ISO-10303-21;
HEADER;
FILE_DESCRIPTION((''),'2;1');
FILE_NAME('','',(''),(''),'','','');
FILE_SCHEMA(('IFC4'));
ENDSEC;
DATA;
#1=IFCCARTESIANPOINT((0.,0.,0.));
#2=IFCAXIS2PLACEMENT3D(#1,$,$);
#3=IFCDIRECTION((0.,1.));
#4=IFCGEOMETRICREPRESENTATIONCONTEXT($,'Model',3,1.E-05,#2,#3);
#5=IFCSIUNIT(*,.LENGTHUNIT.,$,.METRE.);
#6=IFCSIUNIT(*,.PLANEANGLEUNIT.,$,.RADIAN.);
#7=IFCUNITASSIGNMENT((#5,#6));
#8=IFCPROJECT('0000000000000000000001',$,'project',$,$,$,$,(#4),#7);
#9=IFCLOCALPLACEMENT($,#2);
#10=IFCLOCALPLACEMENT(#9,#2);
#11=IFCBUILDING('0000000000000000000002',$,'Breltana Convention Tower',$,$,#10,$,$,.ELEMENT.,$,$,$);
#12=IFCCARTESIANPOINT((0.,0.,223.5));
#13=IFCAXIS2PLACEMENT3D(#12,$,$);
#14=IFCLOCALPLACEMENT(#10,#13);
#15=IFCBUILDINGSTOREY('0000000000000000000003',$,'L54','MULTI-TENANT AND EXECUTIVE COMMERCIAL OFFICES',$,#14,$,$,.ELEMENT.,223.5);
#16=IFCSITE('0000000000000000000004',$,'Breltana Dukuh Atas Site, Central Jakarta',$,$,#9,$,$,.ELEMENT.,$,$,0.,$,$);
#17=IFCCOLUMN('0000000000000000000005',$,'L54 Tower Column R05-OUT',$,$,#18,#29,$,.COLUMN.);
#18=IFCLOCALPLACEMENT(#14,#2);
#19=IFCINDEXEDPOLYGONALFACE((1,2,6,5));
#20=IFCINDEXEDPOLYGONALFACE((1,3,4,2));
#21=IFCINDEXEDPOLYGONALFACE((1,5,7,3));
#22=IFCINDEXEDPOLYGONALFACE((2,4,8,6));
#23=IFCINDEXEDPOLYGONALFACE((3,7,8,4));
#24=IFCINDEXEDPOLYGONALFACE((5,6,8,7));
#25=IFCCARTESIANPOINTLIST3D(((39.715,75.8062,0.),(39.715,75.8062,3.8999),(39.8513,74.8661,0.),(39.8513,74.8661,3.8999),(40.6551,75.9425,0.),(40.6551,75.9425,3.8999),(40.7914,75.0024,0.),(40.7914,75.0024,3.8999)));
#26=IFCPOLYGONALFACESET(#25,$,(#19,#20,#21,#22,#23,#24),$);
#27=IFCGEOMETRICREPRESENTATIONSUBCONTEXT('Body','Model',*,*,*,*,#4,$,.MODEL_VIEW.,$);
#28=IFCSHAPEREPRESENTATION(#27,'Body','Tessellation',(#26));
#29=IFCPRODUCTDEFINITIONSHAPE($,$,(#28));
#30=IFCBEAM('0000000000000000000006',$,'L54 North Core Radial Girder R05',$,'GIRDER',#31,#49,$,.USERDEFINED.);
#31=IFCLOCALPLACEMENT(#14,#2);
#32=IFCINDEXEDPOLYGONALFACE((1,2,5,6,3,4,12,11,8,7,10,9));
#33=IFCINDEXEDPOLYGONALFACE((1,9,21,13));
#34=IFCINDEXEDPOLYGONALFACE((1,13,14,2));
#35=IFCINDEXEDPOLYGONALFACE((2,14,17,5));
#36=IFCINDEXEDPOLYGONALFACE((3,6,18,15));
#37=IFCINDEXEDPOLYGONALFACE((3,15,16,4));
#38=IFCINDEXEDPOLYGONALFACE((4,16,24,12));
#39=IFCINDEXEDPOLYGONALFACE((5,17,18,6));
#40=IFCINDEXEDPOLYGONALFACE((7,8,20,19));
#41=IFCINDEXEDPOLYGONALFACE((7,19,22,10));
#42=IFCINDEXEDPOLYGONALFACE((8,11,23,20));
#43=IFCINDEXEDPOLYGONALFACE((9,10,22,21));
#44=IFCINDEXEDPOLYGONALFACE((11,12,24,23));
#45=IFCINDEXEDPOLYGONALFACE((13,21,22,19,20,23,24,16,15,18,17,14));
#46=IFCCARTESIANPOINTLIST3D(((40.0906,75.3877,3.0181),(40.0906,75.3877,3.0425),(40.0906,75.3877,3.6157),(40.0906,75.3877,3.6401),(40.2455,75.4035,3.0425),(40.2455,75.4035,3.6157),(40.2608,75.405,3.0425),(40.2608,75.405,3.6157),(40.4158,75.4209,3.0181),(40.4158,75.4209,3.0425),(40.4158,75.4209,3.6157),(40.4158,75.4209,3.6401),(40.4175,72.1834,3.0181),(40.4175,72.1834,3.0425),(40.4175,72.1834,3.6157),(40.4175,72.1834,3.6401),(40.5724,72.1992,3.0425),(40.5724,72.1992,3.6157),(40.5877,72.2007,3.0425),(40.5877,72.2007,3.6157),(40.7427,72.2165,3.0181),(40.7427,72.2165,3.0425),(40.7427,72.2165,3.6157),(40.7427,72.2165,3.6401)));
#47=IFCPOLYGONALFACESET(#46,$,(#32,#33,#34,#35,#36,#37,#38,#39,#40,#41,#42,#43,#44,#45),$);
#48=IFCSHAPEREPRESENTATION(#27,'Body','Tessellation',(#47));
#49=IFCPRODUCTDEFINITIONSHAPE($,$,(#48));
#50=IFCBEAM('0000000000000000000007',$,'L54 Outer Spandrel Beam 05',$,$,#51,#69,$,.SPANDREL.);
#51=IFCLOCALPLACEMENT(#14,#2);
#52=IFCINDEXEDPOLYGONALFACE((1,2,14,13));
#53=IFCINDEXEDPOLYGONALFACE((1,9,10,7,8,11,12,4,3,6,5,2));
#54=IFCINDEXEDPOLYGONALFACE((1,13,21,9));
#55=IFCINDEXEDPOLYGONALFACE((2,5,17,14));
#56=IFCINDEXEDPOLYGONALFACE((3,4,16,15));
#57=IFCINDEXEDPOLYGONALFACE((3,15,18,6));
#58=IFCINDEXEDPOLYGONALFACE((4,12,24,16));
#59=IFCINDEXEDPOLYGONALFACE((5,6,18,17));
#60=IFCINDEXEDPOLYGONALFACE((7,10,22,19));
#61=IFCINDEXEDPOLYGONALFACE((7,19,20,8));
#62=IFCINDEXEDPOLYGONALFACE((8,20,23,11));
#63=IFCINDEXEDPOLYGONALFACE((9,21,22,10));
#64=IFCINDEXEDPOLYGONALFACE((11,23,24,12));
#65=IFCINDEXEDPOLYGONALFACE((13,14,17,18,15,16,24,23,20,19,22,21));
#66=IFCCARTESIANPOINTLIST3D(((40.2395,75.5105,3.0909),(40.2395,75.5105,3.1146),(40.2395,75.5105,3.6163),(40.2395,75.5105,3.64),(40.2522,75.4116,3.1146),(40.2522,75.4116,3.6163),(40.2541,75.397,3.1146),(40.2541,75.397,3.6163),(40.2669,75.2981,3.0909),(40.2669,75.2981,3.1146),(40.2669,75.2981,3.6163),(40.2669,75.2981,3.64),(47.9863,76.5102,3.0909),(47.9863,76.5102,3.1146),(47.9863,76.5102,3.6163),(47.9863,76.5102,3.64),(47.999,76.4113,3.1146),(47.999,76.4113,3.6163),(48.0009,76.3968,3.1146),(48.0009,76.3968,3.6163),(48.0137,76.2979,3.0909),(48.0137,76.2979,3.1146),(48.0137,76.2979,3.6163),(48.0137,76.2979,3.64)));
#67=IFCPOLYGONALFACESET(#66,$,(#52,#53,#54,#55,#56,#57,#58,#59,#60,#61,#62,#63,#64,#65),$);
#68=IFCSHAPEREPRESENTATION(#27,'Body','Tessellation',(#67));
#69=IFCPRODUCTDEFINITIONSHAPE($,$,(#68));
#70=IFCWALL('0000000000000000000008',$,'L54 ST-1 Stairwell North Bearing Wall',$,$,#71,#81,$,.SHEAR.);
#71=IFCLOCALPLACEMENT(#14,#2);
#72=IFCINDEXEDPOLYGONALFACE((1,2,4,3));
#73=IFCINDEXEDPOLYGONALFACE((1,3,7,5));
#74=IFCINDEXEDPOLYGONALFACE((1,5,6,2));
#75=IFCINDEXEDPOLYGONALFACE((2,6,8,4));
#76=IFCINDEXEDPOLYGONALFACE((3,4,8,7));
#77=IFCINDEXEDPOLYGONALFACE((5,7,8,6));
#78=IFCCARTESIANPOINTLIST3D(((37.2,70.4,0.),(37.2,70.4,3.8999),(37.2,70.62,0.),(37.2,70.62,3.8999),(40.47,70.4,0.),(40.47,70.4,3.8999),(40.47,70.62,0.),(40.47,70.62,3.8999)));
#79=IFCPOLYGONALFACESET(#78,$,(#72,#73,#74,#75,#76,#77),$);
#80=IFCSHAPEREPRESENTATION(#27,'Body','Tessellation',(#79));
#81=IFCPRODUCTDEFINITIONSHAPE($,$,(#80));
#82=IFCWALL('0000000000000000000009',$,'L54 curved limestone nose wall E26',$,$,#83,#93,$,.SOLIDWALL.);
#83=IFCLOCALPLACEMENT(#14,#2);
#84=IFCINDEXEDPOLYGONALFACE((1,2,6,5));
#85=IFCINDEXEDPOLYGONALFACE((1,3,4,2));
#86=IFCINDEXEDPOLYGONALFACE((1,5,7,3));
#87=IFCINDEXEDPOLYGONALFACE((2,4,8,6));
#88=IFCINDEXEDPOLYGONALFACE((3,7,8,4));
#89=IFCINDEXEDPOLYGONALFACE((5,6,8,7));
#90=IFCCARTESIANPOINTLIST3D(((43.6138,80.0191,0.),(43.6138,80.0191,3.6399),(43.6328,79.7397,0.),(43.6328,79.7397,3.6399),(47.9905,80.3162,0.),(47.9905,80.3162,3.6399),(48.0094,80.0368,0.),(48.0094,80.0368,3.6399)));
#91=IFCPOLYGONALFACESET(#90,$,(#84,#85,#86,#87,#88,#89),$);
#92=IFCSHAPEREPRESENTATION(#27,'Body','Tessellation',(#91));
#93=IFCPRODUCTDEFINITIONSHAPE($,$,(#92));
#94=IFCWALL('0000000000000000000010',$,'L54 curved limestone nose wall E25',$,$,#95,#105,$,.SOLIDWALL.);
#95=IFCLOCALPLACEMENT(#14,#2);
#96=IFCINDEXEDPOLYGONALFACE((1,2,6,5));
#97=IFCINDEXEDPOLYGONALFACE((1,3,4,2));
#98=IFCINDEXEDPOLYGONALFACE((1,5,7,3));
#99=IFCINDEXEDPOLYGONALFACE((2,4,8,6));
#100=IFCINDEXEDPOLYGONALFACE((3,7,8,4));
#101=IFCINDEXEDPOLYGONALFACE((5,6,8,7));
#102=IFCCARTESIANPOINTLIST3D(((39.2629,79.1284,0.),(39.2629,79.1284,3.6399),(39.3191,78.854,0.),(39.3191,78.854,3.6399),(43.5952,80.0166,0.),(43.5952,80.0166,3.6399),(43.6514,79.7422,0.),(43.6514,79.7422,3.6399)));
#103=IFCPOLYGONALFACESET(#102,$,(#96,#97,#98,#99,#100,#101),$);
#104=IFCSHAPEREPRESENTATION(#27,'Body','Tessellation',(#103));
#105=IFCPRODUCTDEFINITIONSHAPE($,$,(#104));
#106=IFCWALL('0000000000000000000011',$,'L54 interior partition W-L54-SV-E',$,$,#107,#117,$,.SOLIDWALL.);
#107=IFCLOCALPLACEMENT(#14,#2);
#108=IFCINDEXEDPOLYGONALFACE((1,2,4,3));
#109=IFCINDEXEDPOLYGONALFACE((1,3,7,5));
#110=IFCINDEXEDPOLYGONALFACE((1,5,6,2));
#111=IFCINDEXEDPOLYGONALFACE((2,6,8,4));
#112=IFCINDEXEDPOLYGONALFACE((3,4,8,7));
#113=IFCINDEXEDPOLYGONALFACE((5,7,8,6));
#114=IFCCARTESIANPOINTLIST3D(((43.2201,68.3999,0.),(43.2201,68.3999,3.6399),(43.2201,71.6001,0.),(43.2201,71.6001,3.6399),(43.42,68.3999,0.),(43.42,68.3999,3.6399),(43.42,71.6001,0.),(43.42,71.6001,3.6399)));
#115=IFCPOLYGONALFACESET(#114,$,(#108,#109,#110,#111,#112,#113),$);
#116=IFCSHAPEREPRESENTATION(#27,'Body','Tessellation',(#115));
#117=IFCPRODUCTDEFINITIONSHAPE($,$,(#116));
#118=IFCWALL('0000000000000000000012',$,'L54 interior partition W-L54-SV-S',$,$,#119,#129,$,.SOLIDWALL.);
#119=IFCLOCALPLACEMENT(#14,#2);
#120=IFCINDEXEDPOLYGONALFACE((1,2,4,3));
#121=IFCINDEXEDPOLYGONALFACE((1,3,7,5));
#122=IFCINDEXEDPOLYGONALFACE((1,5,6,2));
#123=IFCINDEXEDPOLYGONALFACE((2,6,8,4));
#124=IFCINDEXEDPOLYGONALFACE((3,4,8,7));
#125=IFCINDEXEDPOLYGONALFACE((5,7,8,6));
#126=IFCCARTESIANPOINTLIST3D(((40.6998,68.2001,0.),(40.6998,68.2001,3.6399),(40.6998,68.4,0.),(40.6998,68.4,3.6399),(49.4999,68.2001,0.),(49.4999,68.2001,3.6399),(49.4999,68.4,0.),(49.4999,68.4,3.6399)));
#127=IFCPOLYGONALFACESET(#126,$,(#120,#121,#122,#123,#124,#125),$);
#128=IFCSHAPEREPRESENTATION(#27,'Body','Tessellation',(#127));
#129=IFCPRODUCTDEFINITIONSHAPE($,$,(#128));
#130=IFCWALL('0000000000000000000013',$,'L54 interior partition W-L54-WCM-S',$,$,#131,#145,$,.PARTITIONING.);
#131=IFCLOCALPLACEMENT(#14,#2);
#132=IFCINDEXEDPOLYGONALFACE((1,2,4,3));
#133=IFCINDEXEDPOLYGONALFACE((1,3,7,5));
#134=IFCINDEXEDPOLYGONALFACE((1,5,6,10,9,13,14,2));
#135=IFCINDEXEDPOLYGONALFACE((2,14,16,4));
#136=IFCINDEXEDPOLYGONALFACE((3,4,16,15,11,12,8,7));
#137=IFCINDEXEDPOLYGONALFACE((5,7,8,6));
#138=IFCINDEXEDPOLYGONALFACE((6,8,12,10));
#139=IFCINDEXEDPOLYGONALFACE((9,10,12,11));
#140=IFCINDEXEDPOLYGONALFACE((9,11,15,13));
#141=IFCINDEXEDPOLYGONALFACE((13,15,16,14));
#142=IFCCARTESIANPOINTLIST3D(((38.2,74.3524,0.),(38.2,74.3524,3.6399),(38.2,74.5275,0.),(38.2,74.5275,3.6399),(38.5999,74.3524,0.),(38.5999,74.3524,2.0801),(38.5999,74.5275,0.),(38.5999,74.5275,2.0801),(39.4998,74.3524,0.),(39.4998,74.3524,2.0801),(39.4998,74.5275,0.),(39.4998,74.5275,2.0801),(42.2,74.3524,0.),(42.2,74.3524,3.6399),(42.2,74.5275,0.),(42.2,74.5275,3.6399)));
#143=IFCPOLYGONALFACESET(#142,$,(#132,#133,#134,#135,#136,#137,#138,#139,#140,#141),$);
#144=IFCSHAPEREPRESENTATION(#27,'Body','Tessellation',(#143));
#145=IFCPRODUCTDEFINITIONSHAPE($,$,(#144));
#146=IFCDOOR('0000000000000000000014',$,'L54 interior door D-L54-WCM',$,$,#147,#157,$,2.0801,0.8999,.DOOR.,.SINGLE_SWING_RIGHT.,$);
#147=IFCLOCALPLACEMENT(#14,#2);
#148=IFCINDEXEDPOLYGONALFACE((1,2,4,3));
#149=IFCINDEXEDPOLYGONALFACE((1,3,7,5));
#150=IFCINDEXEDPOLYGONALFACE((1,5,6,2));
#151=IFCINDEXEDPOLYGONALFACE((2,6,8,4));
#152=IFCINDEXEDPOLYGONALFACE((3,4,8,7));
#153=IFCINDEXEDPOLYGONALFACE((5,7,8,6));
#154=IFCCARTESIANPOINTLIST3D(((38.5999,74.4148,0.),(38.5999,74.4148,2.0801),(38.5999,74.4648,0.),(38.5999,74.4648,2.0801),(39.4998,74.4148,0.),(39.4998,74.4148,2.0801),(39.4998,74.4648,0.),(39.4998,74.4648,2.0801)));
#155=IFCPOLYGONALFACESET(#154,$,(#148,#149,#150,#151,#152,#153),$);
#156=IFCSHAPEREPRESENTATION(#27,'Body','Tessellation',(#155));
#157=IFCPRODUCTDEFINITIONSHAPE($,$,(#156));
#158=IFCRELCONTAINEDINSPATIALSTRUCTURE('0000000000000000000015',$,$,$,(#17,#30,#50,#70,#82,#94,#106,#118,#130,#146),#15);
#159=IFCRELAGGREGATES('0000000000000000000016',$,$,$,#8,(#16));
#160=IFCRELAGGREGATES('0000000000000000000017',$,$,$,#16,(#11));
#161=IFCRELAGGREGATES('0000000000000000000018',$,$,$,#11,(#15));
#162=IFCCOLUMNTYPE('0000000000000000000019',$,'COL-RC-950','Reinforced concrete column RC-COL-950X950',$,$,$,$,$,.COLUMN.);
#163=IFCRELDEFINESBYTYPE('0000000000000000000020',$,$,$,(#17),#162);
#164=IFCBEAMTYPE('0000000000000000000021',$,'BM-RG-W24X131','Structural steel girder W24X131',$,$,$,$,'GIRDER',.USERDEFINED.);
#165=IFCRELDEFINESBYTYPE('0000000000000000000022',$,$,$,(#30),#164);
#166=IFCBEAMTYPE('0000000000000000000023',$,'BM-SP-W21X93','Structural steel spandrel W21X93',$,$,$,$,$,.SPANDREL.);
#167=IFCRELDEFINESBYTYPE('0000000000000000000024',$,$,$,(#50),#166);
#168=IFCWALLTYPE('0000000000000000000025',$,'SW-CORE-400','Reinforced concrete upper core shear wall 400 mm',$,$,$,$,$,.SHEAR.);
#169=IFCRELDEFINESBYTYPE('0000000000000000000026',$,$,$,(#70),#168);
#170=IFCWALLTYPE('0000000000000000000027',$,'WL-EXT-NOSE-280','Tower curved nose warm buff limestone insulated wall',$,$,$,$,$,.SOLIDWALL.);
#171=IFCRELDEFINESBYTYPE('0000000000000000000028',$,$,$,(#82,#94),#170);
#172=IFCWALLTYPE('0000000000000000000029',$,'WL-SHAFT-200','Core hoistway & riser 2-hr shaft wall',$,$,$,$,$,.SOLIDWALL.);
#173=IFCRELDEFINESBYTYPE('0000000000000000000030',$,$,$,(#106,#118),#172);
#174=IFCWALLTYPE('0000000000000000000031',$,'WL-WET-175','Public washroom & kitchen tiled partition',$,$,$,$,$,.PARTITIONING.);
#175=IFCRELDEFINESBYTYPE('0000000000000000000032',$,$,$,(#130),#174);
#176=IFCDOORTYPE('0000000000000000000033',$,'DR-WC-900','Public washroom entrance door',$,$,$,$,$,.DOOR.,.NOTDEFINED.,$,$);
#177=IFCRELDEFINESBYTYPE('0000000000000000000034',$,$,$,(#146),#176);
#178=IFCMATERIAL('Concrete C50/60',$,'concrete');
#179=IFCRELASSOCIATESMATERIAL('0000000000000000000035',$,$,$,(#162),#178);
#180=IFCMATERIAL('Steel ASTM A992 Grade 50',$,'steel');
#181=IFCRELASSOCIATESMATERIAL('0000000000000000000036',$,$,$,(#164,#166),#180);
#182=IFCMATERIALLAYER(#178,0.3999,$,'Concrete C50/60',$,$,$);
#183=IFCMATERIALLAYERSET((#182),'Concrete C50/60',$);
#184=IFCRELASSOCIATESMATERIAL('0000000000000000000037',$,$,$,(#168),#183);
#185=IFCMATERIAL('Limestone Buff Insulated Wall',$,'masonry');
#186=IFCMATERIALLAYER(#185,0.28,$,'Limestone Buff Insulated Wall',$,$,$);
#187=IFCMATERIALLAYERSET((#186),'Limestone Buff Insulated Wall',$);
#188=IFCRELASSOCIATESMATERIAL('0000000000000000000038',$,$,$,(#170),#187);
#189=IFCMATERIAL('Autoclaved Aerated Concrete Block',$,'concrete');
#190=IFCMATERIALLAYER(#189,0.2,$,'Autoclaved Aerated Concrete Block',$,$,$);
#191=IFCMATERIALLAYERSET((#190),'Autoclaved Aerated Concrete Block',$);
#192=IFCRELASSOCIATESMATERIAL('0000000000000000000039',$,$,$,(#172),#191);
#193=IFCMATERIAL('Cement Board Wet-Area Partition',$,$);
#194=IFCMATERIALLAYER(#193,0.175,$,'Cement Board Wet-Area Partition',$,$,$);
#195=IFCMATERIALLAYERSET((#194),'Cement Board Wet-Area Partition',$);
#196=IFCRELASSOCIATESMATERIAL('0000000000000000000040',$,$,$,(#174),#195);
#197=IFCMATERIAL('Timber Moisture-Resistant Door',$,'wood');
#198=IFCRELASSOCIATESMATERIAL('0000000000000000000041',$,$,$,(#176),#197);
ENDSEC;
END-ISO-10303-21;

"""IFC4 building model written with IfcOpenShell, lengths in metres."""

from ifc_helpers import new_model, si_unit, direction, frame, frame_2d, origin, origin_2d, place, context, subcontext, project, spatial, rectangle, i_section, extrude, source, transform, mapped, material, layer, layer_set, material_profile, profile_set, type_object, type_shapes, element, fill, save


model = new_model("IFC4")

# Units and contexts
model_context = context("Model", 3, precision=1e-05, world=origin(), true_north=direction((0.0, 1.0)))
body_context = subcontext(model_context, "Body", "Model", "MODEL_VIEW")
ifc_project = project(units=[si_unit("LENGTHUNIT", "METRE"), si_unit("PLANEANGLEUNIT", "RADIAN")], contexts=[model_context])

# Site, building, storey
site_placement = place(None, origin())
site = spatial("IfcSite", under=ifc_project, at=site_placement, Name="Breltana Dukuh Atas Site, Central Jakarta", CompositionType="ELEMENT", RefElevation=0.0)
building_placement = place(site_placement, origin())
building = spatial("IfcBuilding", under=site, at=building_placement, Name="Breltana Convention Tower", CompositionType="ELEMENT")
storey_placement = place(building_placement, frame((0.0, 0.0, 223.5)))
storey = spatial("IfcBuildingStorey", under=building, at=storey_placement, Name="L54", Description="MULTI-TENANT AND EXECUTIVE COMMERCIAL OFFICES", CompositionType="ELEMENT", Elevation=223.5)

# Column
ifc_material_1 = material(Name="Concrete C50/60", Category="concrete")
ifc_material_profile_1 = material_profile(ifc_material_1, rectangle(XDim=0.95, YDim=0.95, at=origin_2d()), Name="RC-COL-950X950")
ifc_profile_set_1 = profile_set([ifc_material_profile_1], Name="Concrete C50/60")
column_type = type_object("IfcColumnType", Name="COL-RC-950", Description="Reinforced concrete column RC-COL-950X950", PredefinedType="COLUMN", material=ifc_profile_set_1)
shared_shape_1 = source(origin(), body_context, "Body", "SweptSolid", [
    extrude(rectangle(XDim=0.95, YDim=0.95, at=origin_2d()), origin(), (0.0, 0.0, 1.0), 3.8999),
])
column_placement = place(storey_placement, frame((40.2532, 75.4043, 0.0), z_axis=(0.0, 0.0, 1.0), x_axis=(-0.143493, 0.989651, 0.0)))
element("IfcColumn", 1, at=column_placement, inside=storey, type_object=column_type, Name="L54 Tower Column R05-OUT", PredefinedType="COLUMN", context=body_context, shape_type="MappedRepresentation", body=[
    mapped(shared_shape_1, transform((0.0, 0.0, 0.0), scale=1.0)),
])

# Beams
ifc_material_2 = material(Name="Steel ASTM A992 Grade 50", Category="steel")
ifc_material_profile_2 = material_profile(ifc_material_2, i_section(OverallWidth=0.3269, OverallDepth=0.6221, WebThickness=0.0154, FlangeThickness=0.0244, at=origin_2d()), Name="W24X131")
ifc_profile_set_2 = profile_set([ifc_material_profile_2], Name="Steel ASTM A992 Grade 50")
beam_type_1 = type_object("IfcBeamType", Name="BM-RG-W24X131", Description="Structural steel girder W24X131", ElementType="GIRDER", PredefinedType="USERDEFINED", material=ifc_profile_set_2)
shared_shape_2 = source(origin(), body_context, "Body", "SweptSolid", [
    extrude(i_section(OverallWidth=0.3269, OverallDepth=0.6221, WebThickness=0.0154, FlangeThickness=0.0244, at=origin_2d()), origin(), (0.0, 0.0, 1.0), 3.2209),
])
beam_1_placement = place(storey_placement, frame((40.5801, 72.2, 3.3291), z_axis=(-0.101492, 0.994836, 0.0), x_axis=(-0.994836, -0.101492, 0.0)))
element("IfcBeam", 2, at=beam_1_placement, inside=storey, type_object=beam_type_1, Name="L54 North Core Radial Girder R05", ObjectType="GIRDER", PredefinedType="USERDEFINED", context=body_context, shape_type="MappedRepresentation", body=[
    mapped(shared_shape_2, transform((0.0, 0.0, 0.0), scale=1.0)),
])
ifc_material_profile_3 = material_profile(ifc_material_2, i_section(OverallWidth=0.2141, OverallDepth=0.5491, WebThickness=0.0146, FlangeThickness=0.0237, at=origin_2d()), Name="W21X93")
ifc_profile_set_3 = profile_set([ifc_material_profile_3], Name="Steel ASTM A992 Grade 50")
beam_type_2 = type_object("IfcBeamType", Name="BM-SP-W21X93", Description="Structural steel spandrel W21X93", PredefinedType="SPANDREL", material=ifc_profile_set_3)
shared_shape_3 = source(origin(), body_context, "Body", "SweptSolid", [
    extrude(i_section(OverallWidth=0.2141, OverallDepth=0.5491, WebThickness=0.0146, FlangeThickness=0.0237, at=origin_2d()), origin(), (0.0, 0.0, 1.0), 7.811),
])
beam_2_placement = place(storey_placement, frame((40.2532, 75.4043, 3.3655), z_axis=(0.991775, 0.127992, 0.0), x_axis=(-0.127992, 0.991775, 0.0)))
element("IfcBeam", 3, at=beam_2_placement, inside=storey, type_object=beam_type_2, Name="L54 Outer Spandrel Beam 05", PredefinedType="SPANDREL", context=body_context, shape_type="MappedRepresentation", body=[
    mapped(shared_shape_3, transform((0.0, 0.0, 0.0), scale=1.0)),
])

# Wall
ifc_layer_1 = layer(ifc_material_1, 0.3999, Name="Concrete C50/60")
ifc_layer_set_1 = layer_set([ifc_layer_1], Name="Concrete C50/60")
wall_type_1 = type_object("IfcWallType", Name="SW-CORE-400", Description="Reinforced concrete upper core shear wall 400 mm", PredefinedType="SHEAR", material=ifc_layer_set_1)
shared_shape_4 = source(origin(), body_context, "Body", "SweptSolid", [
    extrude(rectangle(XDim=3.27, YDim=0.22, at=frame_2d((1.635, 0.0))), origin(), (0.0, 0.0, 1.0), 3.8999),
])
wall_1_placement = place(storey_placement, frame((37.2, 70.51, 0.0), z_axis=(0.0, 0.0, 1.0), x_axis=(1.0, 0.0, 0.0)))
element("IfcWall", 4, at=wall_1_placement, inside=storey, type_object=wall_type_1, Name="L54 ST-1 Stairwell North Bearing Wall", PredefinedType="SHEAR", context=body_context, shape_type="MappedRepresentation", body=[
    mapped(shared_shape_4, transform((0.0, 0.0, 0.0), scale=1.0)),
])

# Walls
ifc_material_3 = material(Name="Limestone Buff Insulated Wall", Category="masonry")
ifc_layer_2 = layer(ifc_material_3, 0.28, Name="Limestone Buff Insulated Wall")
ifc_layer_set_2 = layer_set([ifc_layer_2], Name="Limestone Buff Insulated Wall")
wall_type_2 = type_object("IfcWallType", Name="WL-EXT-NOSE-280", Description="Tower curved nose warm buff limestone insulated wall", PredefinedType="SOLIDWALL", material=ifc_layer_set_2)
shared_shape_5 = source(origin(), body_context, "Body", "SweptSolid", [
    extrude(rectangle(XDim=4.3867, YDim=0.28, at=frame_2d((2.1934, 0.0))), origin(), (0.0, 0.0, 1.0), 3.6399),
])
wall_2_placement = place(storey_placement, frame((43.6233, 79.8794, 0.0), z_axis=(0.0, 0.0, 1.0), x_axis=(0.997704, 0.067731, 0.0)))
element("IfcWall", 5, at=wall_2_placement, inside=storey, type_object=wall_type_2, Name="L54 curved limestone nose wall E26", PredefinedType="SOLIDWALL", context=body_context, shape_type="MappedRepresentation", body=[
    mapped(shared_shape_5, transform((0.0, 0.0, 0.0), scale=1.0)),
])
shared_shape_6 = source(origin(), body_context, "Body", "SweptSolid", [
    extrude(rectangle(XDim=4.4224, YDim=0.28, at=frame_2d((2.2112, 0.0))), origin(), (0.0, 0.0, 1.0), 3.6399),
])
wall_3_placement = place(storey_placement, frame((39.291, 78.9912, 0.0), z_axis=(0.0, 0.0, 1.0), x_axis=(0.979624, 0.200838, 0.0)))
element("IfcWall", 6, at=wall_3_placement, inside=storey, type_object=wall_type_2, Name="L54 curved limestone nose wall E25", PredefinedType="SOLIDWALL", context=body_context, shape_type="MappedRepresentation", body=[
    mapped(shared_shape_6, transform((0.0, 0.0, 0.0), scale=1.0)),
])
ifc_material_4 = material(Name="Autoclaved Aerated Concrete Block", Category="concrete")
ifc_layer_3 = layer(ifc_material_4, 0.2, Name="Autoclaved Aerated Concrete Block")
ifc_layer_set_3 = layer_set([ifc_layer_3], Name="Autoclaved Aerated Concrete Block")
wall_type_3 = type_object("IfcWallType", Name="WL-SHAFT-200", Description="Core hoistway & riser 2-hr shaft wall", PredefinedType="SOLIDWALL", material=ifc_layer_set_3)
shared_shape_7 = source(origin(), body_context, "Body", "SweptSolid", [
    extrude(rectangle(XDim=3.2002, YDim=0.2, at=frame_2d((1.6001, 0.0))), origin(), (0.0, 0.0, 1.0), 3.6399),
])
wall_4_placement = place(storey_placement, frame((43.3201, 68.3999, 0.0), z_axis=(0.0, 0.0, 1.0), x_axis=(0.0, 1.0, 0.0)))
element("IfcWall", 7, at=wall_4_placement, inside=storey, type_object=wall_type_3, Name="L54 interior partition W-L54-SV-E", PredefinedType="SOLIDWALL", context=body_context, shape_type="MappedRepresentation", body=[
    mapped(shared_shape_7, transform((0.0, 0.0, 0.0), scale=1.0)),
])
shared_shape_8 = source(origin(), body_context, "Body", "SweptSolid", [
    extrude(rectangle(XDim=8.8, YDim=0.2, at=frame_2d((4.3999, 0.0))), origin(), (0.0, 0.0, 1.0), 3.6399),
])
wall_5_placement = place(storey_placement, frame((40.7, 68.3, 0.0), z_axis=(0.0, 0.0, 1.0), x_axis=(1.0, 0.0, 0.0)))
element("IfcWall", 8, at=wall_5_placement, inside=storey, type_object=wall_type_3, Name="L54 interior partition W-L54-SV-S", PredefinedType="SOLIDWALL", context=body_context, shape_type="MappedRepresentation", body=[
    mapped(shared_shape_8, transform((0.0, 0.0, 0.0), scale=1.0)),
])

# Wall, opening, door
ifc_material_5 = material(Name="Cement Board Wet-Area Partition")
ifc_layer_4 = layer(ifc_material_5, 0.175, Name="Cement Board Wet-Area Partition")
ifc_layer_set_4 = layer_set([ifc_layer_4], Name="Cement Board Wet-Area Partition")
wall_type_4 = type_object("IfcWallType", Name="WL-WET-175", Description="Public washroom & kitchen tiled partition", PredefinedType="PARTITIONING", material=ifc_layer_set_4)
shared_shape_9 = source(origin(), body_context, "Body", "SweptSolid", [
    extrude(rectangle(XDim=4.0, YDim=0.175, at=frame_2d((2.0, 0.0))), origin(), (0.0, 0.0, 1.0), 3.6399),
])
wall_6_placement = place(storey_placement, frame((38.2, 74.4399, 0.0), z_axis=(0.0, 0.0, 1.0), x_axis=(1.0, 0.0, 0.0)))
wall_6 = element("IfcWall", 9, at=wall_6_placement, inside=storey, type_object=wall_type_4, Name="L54 interior partition W-L54-WCM-S", PredefinedType="PARTITIONING", context=body_context, shape_type="MappedRepresentation", body=[
    mapped(shared_shape_9, transform((0.0, 0.0, 0.0), scale=1.0)),
])
opening_1_placement = place(wall_6_placement, frame((0.3999, 0.0, 0.0)))
opening_1 = element("IfcOpeningElement", 10, at=opening_1_placement, cuts=wall_6, PredefinedType="OPENING", context=body_context, shape_type="SweptSolid", body=[
    extrude(rectangle(XDim=0.8999, YDim=2.0801, at=frame_2d((0.45, 1.04))), frame((0.0, 0.0977, 0.0), z_axis=(0.0, -1.0, 0.0), x_axis=(1.0, 0.0, 0.0)), (0.0, 0.0, 1.0), 0.1951),
])
ifc_material_6 = material(Name="Timber Moisture-Resistant Door", Category="wood")
door_type_1 = type_object("IfcDoorType", Name="DR-WC-900", Description="Public washroom entrance door", OperationType="NOTDEFINED", PredefinedType="DOOR", material=ifc_material_6)
shared_shape_10 = source(origin(), body_context, "Body", "SweptSolid", [
    extrude(rectangle(XDim=0.8999, YDim=2.0801, at=frame_2d((0.45, 1.04))), frame((0.0, 0.0249, 0.0), z_axis=(0.0, -1.0, 0.0), x_axis=(1.0, 0.0, 0.0)), (0.0, 0.0, 1.0), 0.05),
])
type_shapes(door_type_1, [shared_shape_10])
door_1_placement = place(opening_1_placement, origin())
door_1 = element("IfcDoor", 11, at=door_1_placement, inside=storey, type_object=door_type_1, Name="L54 interior door D-L54-WCM", OperationType="SINGLE_SWING_RIGHT", OverallHeight=2.0801, OverallWidth=0.8999, PredefinedType="DOOR", context=body_context, shape_type="MappedRepresentation", body=[
    mapped(shared_shape_10, transform((0.0, 0.0, 0.0), scale=1.0)),
])
fill(opening_1, door_1)

save(model, "model.ifc")
